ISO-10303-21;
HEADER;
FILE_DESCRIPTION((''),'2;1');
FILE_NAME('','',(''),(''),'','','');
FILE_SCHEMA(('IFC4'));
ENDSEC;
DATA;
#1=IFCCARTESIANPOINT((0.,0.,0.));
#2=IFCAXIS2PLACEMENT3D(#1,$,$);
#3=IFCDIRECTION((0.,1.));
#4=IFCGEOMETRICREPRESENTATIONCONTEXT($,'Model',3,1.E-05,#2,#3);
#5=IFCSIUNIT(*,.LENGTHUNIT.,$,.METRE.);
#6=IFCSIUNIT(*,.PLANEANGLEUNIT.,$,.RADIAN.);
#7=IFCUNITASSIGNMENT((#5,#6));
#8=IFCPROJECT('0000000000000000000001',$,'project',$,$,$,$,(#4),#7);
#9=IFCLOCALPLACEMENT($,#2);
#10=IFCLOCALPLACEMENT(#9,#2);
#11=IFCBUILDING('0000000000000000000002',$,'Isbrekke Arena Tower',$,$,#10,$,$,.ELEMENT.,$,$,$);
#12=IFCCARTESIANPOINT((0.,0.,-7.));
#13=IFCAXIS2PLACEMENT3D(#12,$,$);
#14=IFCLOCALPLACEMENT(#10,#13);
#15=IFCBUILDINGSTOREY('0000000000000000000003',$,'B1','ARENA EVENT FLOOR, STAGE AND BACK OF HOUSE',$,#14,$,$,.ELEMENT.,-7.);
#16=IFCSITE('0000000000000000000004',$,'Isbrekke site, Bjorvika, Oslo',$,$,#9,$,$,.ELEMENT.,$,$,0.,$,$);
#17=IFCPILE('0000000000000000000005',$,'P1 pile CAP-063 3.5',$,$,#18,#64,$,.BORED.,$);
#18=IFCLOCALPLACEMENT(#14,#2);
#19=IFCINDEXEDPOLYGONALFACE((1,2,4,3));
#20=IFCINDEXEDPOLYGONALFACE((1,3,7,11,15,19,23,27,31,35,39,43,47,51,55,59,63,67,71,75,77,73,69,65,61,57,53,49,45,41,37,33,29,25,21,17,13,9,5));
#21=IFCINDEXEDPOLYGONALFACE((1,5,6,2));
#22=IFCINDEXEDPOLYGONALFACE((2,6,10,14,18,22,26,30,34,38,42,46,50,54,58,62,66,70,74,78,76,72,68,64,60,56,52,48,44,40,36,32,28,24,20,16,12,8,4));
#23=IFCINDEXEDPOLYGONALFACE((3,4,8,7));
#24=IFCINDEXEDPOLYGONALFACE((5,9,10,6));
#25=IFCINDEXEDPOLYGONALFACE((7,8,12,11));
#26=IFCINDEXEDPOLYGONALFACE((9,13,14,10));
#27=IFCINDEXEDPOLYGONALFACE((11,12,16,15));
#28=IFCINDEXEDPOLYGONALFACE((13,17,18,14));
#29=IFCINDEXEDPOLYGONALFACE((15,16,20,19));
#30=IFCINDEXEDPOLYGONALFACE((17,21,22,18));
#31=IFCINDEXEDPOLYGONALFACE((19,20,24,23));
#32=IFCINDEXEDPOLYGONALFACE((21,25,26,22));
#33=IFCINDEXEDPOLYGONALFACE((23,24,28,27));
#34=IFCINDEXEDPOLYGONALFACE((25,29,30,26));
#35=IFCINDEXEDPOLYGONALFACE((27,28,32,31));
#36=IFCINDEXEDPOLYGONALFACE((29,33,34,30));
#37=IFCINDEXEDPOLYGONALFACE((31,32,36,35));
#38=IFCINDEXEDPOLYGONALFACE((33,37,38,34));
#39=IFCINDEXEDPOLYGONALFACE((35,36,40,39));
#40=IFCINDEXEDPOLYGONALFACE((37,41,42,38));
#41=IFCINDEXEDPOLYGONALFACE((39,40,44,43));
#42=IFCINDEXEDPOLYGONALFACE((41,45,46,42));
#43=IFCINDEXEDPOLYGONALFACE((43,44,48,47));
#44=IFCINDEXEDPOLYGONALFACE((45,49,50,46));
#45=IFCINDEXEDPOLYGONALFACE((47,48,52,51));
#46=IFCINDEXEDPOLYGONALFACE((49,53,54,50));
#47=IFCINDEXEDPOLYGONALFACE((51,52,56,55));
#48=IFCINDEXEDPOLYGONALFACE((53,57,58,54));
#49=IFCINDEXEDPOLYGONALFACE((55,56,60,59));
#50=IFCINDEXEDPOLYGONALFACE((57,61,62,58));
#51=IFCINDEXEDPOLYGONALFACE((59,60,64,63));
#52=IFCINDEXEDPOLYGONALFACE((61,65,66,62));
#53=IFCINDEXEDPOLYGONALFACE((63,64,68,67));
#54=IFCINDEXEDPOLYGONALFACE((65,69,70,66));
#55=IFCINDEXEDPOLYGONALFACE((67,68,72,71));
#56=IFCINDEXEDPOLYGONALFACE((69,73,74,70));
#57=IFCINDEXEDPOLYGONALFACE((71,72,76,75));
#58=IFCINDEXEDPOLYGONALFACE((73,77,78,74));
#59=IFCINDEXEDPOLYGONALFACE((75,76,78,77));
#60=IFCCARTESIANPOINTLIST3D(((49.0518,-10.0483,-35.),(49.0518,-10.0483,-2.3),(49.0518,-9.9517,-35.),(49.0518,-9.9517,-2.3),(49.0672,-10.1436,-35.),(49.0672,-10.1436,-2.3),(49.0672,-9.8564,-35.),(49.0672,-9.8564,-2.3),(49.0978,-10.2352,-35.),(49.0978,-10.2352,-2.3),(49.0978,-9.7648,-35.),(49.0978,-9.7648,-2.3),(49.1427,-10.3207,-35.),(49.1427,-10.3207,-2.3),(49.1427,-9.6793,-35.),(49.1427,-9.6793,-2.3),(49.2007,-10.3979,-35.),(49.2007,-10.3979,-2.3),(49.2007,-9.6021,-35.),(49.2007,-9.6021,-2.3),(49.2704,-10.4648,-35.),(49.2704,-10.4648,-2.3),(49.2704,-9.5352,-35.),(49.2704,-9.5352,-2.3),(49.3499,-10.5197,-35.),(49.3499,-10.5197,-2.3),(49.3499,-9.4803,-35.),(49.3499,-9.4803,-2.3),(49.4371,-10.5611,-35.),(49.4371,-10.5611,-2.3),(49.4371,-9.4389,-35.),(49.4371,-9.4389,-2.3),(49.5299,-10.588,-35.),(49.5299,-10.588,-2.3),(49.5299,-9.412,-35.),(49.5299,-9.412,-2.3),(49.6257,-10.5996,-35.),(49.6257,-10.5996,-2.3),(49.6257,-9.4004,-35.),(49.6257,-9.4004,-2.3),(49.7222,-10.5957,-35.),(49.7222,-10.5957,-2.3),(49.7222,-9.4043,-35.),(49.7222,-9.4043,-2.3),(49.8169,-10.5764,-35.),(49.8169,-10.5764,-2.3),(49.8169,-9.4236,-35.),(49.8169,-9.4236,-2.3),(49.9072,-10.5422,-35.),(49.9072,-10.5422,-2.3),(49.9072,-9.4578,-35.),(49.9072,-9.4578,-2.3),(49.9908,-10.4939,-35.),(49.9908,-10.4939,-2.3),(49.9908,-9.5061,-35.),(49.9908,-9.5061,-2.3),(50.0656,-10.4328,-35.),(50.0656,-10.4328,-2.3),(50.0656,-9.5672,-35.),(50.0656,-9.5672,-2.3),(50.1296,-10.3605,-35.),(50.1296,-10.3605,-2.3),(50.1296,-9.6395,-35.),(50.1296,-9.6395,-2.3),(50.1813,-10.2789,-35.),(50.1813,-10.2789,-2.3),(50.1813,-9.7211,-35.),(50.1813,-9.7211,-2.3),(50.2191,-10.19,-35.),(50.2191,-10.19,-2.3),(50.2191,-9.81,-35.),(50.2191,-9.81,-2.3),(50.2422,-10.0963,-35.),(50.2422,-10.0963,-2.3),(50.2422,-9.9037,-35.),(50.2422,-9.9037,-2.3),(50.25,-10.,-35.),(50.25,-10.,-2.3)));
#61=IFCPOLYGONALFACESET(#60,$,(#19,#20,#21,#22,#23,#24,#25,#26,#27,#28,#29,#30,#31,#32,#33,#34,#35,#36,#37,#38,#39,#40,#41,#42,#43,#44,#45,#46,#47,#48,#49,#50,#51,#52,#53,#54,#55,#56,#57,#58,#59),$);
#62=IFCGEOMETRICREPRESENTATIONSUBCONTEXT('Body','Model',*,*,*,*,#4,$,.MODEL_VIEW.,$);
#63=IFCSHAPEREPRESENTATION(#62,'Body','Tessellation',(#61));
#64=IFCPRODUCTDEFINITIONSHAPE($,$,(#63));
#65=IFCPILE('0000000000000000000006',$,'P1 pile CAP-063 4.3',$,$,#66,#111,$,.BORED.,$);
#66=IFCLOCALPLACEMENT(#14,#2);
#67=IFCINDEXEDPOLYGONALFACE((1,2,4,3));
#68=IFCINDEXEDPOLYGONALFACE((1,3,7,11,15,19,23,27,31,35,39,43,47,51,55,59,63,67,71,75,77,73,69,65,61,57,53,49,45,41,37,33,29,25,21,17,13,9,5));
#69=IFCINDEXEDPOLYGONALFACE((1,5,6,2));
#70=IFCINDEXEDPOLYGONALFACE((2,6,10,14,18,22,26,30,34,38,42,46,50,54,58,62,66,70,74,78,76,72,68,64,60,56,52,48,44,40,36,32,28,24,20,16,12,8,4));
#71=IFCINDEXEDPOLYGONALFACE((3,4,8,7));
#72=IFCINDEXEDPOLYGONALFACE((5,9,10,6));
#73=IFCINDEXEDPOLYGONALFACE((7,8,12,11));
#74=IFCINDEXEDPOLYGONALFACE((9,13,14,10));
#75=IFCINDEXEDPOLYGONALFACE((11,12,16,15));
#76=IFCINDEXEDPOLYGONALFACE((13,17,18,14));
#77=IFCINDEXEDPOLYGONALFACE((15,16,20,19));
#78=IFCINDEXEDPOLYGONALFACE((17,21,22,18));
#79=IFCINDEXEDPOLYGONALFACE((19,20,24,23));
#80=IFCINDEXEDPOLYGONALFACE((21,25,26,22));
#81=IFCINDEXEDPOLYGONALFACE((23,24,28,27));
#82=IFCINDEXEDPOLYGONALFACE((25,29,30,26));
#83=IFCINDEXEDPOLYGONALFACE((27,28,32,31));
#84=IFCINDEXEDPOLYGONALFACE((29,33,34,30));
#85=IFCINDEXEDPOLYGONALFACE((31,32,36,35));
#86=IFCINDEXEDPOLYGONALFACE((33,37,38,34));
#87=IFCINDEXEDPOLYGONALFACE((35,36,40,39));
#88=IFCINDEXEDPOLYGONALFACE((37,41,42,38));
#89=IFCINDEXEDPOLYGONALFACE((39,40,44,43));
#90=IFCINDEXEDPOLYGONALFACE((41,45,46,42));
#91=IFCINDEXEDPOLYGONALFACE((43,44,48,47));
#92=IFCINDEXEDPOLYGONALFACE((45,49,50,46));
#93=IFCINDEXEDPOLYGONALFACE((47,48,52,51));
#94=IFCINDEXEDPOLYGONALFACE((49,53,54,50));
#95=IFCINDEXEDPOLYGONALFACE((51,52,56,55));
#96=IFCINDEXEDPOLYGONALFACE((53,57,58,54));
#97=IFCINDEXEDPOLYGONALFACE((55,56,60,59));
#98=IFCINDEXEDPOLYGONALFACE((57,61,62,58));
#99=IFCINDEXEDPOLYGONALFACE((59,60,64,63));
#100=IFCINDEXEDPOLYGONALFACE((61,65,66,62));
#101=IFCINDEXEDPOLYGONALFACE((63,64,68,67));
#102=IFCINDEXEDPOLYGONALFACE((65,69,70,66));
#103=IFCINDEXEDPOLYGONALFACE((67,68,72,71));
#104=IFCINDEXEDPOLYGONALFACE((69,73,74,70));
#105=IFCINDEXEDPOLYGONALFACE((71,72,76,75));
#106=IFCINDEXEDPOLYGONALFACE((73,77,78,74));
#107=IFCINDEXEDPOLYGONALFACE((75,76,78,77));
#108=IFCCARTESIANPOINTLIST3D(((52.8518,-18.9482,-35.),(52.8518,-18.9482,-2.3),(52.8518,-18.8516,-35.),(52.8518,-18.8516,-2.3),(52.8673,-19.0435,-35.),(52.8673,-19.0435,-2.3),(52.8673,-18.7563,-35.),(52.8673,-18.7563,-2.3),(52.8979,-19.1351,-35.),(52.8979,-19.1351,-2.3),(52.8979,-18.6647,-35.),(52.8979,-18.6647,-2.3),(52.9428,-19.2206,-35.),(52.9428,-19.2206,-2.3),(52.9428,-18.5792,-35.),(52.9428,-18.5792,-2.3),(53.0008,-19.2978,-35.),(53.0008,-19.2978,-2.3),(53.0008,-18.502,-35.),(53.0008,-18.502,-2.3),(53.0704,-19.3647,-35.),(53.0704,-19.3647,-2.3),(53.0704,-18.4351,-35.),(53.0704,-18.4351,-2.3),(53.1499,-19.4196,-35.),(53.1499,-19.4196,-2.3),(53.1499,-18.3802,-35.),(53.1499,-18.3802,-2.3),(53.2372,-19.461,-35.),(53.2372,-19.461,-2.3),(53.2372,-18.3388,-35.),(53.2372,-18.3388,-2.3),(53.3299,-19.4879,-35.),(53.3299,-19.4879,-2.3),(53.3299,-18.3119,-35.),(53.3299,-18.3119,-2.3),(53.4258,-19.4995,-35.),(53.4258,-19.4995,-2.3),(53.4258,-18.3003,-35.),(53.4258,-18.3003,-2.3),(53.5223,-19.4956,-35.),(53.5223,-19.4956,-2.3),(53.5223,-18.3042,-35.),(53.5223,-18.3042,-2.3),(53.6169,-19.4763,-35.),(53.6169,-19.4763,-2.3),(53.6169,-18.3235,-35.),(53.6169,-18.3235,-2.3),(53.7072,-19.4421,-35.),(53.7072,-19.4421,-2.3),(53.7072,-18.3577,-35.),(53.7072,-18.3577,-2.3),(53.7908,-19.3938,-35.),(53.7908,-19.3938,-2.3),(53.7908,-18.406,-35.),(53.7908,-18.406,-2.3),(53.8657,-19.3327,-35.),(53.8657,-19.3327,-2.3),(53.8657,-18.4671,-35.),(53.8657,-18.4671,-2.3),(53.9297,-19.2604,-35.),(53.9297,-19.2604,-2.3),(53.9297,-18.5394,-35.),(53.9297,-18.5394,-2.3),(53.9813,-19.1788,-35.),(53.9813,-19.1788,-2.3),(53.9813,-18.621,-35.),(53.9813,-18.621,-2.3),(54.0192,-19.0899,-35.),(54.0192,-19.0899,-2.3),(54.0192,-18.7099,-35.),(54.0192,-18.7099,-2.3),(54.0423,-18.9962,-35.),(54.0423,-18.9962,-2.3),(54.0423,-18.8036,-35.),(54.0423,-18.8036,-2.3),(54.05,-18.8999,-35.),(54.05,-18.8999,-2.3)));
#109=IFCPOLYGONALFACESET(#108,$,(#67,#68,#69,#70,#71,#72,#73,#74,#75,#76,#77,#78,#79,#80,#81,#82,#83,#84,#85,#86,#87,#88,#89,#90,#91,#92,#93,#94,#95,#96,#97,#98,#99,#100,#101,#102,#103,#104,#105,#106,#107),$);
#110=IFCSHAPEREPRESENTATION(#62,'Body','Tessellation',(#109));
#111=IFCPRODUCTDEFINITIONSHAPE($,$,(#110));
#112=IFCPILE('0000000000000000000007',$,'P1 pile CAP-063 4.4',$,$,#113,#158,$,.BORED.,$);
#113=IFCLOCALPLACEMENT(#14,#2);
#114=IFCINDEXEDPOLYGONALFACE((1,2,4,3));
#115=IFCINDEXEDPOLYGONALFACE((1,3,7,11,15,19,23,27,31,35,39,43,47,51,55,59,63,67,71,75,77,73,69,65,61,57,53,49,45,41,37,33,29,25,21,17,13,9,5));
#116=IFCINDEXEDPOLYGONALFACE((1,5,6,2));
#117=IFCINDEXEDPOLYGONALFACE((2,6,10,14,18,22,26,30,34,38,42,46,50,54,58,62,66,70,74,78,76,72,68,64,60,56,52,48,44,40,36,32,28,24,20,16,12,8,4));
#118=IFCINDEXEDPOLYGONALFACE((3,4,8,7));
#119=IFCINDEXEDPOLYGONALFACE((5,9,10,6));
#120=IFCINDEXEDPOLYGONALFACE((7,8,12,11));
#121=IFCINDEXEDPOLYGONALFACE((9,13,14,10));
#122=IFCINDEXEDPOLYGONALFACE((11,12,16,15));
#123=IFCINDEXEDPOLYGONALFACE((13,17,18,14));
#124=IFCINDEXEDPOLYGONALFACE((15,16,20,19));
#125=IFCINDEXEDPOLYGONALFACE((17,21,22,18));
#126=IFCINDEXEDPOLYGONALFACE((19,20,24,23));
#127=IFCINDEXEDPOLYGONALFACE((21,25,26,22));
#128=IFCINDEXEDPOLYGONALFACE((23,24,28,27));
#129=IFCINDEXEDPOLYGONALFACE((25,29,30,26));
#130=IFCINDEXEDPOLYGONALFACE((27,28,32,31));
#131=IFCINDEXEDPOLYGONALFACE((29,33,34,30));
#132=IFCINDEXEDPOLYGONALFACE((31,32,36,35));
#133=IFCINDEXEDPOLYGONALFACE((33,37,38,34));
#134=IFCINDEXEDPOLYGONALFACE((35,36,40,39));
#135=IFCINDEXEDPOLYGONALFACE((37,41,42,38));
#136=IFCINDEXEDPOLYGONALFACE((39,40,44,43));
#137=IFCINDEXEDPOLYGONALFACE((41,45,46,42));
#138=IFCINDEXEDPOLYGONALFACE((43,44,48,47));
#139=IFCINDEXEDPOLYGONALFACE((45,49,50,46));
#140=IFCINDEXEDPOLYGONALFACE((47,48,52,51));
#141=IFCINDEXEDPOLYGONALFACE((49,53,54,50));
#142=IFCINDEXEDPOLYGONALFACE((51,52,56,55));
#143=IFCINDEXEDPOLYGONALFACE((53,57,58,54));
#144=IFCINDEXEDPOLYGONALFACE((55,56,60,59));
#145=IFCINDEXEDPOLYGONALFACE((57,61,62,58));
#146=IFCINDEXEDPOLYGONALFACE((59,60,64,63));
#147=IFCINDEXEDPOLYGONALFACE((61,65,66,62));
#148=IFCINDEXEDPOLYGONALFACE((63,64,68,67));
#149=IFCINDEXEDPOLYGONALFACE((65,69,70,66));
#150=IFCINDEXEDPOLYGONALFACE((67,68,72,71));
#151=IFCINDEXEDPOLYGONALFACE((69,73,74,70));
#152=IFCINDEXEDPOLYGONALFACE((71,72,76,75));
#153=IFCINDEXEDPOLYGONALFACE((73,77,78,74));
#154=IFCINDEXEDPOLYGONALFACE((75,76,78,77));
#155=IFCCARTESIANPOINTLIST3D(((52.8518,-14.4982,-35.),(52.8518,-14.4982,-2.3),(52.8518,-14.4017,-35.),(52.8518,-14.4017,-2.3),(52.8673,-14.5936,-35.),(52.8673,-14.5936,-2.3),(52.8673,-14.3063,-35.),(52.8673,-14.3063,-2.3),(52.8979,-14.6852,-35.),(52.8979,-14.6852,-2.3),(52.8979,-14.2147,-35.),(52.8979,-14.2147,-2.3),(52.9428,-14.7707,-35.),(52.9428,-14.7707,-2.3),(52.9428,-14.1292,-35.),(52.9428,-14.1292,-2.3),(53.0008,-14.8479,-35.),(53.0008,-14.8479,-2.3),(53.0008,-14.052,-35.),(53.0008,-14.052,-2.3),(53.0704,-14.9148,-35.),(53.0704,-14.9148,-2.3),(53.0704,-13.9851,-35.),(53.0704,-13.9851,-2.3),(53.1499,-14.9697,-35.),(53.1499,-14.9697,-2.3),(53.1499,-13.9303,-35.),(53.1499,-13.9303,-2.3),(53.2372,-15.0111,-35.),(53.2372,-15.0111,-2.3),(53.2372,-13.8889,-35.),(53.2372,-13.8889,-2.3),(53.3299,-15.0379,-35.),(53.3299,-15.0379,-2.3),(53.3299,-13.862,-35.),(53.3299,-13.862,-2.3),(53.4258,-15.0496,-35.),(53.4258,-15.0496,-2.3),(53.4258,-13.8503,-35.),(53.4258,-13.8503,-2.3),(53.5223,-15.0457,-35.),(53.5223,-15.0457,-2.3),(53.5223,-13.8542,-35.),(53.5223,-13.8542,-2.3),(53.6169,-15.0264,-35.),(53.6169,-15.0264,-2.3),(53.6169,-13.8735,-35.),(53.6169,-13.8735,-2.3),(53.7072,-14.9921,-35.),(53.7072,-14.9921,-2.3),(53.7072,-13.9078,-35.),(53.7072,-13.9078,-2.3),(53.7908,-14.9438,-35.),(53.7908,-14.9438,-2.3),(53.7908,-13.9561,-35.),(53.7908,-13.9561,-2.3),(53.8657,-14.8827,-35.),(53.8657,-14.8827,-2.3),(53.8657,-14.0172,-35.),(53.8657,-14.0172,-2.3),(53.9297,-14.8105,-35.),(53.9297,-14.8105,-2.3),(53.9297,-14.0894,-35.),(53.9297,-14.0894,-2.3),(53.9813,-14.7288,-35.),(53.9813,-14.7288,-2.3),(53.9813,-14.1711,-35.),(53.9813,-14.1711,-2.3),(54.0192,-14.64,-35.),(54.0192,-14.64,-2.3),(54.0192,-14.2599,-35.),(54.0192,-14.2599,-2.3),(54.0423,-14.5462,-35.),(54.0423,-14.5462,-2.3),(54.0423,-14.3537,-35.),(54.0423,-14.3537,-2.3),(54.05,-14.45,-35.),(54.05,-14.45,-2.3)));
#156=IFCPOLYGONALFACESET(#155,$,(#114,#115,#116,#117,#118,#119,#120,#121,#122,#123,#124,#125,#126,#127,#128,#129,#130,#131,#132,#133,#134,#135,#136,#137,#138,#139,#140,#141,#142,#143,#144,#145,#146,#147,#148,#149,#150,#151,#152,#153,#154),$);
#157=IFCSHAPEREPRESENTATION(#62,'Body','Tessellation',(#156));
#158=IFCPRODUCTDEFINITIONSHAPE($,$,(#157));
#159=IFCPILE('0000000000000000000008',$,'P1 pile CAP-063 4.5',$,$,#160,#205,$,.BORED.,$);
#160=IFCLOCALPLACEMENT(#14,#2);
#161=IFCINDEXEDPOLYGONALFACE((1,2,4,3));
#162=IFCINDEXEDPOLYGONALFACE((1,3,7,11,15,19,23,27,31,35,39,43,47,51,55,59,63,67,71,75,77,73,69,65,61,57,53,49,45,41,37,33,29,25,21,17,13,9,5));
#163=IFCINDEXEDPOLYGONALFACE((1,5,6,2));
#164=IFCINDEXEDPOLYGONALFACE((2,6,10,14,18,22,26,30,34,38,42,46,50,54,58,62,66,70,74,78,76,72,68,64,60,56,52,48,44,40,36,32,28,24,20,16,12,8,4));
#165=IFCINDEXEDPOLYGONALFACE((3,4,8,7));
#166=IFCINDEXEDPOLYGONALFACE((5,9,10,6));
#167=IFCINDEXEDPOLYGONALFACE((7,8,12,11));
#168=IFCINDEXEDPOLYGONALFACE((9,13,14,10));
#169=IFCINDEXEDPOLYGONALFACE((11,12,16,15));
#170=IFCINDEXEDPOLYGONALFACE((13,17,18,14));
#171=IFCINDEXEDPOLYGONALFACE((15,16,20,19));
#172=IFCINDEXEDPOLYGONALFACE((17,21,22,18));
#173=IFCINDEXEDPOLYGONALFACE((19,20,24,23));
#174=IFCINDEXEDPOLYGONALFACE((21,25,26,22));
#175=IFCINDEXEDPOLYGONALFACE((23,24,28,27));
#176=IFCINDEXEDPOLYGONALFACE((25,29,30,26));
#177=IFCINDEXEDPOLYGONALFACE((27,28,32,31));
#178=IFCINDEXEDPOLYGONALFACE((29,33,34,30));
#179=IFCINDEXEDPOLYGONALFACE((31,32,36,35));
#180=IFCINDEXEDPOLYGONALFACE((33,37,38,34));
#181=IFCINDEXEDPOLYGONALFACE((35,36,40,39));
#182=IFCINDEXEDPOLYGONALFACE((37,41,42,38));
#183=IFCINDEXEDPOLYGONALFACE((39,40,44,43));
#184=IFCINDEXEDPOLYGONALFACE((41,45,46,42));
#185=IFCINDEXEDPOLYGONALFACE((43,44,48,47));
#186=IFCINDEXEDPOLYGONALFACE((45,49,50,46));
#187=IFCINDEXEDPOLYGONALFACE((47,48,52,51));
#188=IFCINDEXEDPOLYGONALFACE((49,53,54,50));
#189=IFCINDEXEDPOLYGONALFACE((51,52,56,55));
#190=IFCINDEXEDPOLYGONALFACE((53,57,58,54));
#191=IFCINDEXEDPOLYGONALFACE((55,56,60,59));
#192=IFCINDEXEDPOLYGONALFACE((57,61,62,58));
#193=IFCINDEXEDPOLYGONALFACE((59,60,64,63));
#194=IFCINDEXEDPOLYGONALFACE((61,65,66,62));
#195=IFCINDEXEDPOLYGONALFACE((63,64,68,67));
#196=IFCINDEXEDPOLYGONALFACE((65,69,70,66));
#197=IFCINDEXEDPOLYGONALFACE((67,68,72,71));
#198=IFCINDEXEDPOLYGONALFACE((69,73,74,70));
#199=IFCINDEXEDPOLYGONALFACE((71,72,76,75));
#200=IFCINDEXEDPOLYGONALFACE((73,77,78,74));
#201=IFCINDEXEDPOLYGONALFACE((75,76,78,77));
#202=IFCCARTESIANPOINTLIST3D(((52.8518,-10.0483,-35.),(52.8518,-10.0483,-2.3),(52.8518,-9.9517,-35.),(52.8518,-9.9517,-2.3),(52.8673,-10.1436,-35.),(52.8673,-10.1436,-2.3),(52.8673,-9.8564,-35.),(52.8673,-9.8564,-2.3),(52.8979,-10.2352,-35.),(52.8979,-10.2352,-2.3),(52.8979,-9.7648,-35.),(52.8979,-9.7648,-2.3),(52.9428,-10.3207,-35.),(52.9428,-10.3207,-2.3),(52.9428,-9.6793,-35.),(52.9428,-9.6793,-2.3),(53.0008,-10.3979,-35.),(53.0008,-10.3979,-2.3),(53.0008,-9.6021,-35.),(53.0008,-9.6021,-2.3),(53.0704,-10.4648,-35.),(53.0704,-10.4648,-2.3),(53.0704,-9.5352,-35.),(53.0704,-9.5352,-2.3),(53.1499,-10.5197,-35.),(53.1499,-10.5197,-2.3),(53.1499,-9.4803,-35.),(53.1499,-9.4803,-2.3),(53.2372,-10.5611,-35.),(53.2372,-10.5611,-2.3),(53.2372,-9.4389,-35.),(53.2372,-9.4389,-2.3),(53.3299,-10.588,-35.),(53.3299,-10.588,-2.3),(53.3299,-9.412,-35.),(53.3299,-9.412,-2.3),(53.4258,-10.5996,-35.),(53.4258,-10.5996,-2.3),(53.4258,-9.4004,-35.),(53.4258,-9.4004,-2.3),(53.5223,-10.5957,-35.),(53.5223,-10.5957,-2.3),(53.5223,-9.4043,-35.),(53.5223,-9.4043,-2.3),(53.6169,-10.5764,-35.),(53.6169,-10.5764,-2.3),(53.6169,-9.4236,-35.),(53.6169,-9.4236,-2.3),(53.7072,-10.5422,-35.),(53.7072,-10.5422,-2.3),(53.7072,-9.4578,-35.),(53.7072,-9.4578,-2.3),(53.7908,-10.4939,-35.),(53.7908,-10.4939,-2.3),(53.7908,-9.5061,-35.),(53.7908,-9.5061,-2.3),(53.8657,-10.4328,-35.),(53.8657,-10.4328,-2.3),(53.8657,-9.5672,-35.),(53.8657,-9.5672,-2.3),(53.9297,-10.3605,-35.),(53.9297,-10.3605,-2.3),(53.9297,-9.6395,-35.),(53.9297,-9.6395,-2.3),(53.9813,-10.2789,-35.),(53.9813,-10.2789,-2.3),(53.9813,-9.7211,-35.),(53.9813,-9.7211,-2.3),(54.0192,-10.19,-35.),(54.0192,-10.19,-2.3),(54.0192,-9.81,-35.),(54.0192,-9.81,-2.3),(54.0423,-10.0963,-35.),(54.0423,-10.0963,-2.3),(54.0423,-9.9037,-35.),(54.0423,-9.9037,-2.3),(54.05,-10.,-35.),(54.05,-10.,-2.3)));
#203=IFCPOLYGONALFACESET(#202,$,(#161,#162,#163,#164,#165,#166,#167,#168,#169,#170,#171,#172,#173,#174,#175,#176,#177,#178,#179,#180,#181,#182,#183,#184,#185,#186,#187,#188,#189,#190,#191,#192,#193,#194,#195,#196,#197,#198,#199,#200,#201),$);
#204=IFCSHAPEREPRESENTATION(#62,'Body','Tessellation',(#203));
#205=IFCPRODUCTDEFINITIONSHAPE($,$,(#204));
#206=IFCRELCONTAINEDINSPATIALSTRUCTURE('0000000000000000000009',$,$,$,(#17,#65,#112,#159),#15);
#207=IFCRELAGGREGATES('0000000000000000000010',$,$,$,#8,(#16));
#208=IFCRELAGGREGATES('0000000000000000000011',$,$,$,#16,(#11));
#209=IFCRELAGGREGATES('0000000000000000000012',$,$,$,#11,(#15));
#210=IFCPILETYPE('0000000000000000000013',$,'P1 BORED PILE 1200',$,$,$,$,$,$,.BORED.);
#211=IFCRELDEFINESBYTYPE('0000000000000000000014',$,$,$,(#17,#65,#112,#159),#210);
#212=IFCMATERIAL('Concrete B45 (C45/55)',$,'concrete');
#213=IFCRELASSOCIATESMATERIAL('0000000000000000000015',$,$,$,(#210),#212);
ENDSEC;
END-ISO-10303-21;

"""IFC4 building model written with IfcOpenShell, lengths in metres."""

from ifc_helpers import new_model, si_unit, direction, frame, origin, origin_2d, place, context, subcontext, project, spatial, circle, extrude, material, material_profile, profile_set, type_object, element, save


model = new_model("IFC4")

# Units and contexts
model_context = context("Model", 3, precision=1e-05, world=origin(), true_north=direction((0.0, 1.0)))
body_context = subcontext(model_context, "Body", "Model", "MODEL_VIEW")
ifc_project = project(units=[si_unit("LENGTHUNIT", "METRE"), si_unit("PLANEANGLEUNIT", "RADIAN")], contexts=[model_context])

# Site, building, storey
site_placement = place(None, origin())
site = spatial("IfcSite", under=ifc_project, at=site_placement, Name="Isbrekke site, Bjorvika, Oslo", CompositionType="ELEMENT", RefElevation=0.0)
building_placement = place(site_placement, origin())
building = spatial("IfcBuilding", under=site, at=building_placement, Name="Isbrekke Arena Tower", CompositionType="ELEMENT")
storey_placement = place(building_placement, frame((0.0, 0.0, -7.0)))
storey = spatial("IfcBuildingStorey", under=building, at=storey_placement, Name="B1", Description="ARENA EVENT FLOOR, STAGE AND BACK OF HOUSE", CompositionType="ELEMENT", Elevation=-7.0)

# Piles
ifc_material_1 = material(Name="Concrete B45 (C45/55)", Category="concrete")
ifc_material_profile_1 = material_profile(ifc_material_1, circle(Radius=0.6001, at=origin_2d()), Name="BORED PILE D1200")
ifc_profile_set_1 = profile_set([ifc_material_profile_1], Name="Concrete B45 (C45/55)")
pile_type = type_object("IfcPileType", Name="P1 BORED PILE 1200", PredefinedType="BORED", material=ifc_profile_set_1)
for number, where, z_axis, x_axis, name in (
    (1, (49.6499, -10.0, -2.3), (0.0, 0.0, -1.0), (1.0, 0.0, 0.0), "P1 pile CAP-063 3.5"),
    (2, (53.45, -18.8999, -2.3), (0.0, 0.0, -1.0), (1.0, 0.0, 0.0), "P1 pile CAP-063 4.3"),
    (3, (53.45, -14.45, -2.3), (0.0, 0.0, -1.0), (1.0, 0.0, 0.0), "P1 pile CAP-063 4.4"),
    (4, (53.45, -10.0, -2.3), (0.0, 0.0, -1.0), (1.0, 0.0, 0.0), "P1 pile CAP-063 4.5"),
):
    element("IfcPile", number, at=place(storey_placement, frame(where, z_axis=z_axis, x_axis=x_axis)), inside=storey, type_object=pile_type, Name=name, PredefinedType="BORED", context=body_context, shape_type="SweptSolid", body=[
        extrude(circle(Radius=0.6001, at=origin_2d()), origin(), (0.0, 0.0, 1.0), 32.7),
    ])

save(model, "model.ifc")
